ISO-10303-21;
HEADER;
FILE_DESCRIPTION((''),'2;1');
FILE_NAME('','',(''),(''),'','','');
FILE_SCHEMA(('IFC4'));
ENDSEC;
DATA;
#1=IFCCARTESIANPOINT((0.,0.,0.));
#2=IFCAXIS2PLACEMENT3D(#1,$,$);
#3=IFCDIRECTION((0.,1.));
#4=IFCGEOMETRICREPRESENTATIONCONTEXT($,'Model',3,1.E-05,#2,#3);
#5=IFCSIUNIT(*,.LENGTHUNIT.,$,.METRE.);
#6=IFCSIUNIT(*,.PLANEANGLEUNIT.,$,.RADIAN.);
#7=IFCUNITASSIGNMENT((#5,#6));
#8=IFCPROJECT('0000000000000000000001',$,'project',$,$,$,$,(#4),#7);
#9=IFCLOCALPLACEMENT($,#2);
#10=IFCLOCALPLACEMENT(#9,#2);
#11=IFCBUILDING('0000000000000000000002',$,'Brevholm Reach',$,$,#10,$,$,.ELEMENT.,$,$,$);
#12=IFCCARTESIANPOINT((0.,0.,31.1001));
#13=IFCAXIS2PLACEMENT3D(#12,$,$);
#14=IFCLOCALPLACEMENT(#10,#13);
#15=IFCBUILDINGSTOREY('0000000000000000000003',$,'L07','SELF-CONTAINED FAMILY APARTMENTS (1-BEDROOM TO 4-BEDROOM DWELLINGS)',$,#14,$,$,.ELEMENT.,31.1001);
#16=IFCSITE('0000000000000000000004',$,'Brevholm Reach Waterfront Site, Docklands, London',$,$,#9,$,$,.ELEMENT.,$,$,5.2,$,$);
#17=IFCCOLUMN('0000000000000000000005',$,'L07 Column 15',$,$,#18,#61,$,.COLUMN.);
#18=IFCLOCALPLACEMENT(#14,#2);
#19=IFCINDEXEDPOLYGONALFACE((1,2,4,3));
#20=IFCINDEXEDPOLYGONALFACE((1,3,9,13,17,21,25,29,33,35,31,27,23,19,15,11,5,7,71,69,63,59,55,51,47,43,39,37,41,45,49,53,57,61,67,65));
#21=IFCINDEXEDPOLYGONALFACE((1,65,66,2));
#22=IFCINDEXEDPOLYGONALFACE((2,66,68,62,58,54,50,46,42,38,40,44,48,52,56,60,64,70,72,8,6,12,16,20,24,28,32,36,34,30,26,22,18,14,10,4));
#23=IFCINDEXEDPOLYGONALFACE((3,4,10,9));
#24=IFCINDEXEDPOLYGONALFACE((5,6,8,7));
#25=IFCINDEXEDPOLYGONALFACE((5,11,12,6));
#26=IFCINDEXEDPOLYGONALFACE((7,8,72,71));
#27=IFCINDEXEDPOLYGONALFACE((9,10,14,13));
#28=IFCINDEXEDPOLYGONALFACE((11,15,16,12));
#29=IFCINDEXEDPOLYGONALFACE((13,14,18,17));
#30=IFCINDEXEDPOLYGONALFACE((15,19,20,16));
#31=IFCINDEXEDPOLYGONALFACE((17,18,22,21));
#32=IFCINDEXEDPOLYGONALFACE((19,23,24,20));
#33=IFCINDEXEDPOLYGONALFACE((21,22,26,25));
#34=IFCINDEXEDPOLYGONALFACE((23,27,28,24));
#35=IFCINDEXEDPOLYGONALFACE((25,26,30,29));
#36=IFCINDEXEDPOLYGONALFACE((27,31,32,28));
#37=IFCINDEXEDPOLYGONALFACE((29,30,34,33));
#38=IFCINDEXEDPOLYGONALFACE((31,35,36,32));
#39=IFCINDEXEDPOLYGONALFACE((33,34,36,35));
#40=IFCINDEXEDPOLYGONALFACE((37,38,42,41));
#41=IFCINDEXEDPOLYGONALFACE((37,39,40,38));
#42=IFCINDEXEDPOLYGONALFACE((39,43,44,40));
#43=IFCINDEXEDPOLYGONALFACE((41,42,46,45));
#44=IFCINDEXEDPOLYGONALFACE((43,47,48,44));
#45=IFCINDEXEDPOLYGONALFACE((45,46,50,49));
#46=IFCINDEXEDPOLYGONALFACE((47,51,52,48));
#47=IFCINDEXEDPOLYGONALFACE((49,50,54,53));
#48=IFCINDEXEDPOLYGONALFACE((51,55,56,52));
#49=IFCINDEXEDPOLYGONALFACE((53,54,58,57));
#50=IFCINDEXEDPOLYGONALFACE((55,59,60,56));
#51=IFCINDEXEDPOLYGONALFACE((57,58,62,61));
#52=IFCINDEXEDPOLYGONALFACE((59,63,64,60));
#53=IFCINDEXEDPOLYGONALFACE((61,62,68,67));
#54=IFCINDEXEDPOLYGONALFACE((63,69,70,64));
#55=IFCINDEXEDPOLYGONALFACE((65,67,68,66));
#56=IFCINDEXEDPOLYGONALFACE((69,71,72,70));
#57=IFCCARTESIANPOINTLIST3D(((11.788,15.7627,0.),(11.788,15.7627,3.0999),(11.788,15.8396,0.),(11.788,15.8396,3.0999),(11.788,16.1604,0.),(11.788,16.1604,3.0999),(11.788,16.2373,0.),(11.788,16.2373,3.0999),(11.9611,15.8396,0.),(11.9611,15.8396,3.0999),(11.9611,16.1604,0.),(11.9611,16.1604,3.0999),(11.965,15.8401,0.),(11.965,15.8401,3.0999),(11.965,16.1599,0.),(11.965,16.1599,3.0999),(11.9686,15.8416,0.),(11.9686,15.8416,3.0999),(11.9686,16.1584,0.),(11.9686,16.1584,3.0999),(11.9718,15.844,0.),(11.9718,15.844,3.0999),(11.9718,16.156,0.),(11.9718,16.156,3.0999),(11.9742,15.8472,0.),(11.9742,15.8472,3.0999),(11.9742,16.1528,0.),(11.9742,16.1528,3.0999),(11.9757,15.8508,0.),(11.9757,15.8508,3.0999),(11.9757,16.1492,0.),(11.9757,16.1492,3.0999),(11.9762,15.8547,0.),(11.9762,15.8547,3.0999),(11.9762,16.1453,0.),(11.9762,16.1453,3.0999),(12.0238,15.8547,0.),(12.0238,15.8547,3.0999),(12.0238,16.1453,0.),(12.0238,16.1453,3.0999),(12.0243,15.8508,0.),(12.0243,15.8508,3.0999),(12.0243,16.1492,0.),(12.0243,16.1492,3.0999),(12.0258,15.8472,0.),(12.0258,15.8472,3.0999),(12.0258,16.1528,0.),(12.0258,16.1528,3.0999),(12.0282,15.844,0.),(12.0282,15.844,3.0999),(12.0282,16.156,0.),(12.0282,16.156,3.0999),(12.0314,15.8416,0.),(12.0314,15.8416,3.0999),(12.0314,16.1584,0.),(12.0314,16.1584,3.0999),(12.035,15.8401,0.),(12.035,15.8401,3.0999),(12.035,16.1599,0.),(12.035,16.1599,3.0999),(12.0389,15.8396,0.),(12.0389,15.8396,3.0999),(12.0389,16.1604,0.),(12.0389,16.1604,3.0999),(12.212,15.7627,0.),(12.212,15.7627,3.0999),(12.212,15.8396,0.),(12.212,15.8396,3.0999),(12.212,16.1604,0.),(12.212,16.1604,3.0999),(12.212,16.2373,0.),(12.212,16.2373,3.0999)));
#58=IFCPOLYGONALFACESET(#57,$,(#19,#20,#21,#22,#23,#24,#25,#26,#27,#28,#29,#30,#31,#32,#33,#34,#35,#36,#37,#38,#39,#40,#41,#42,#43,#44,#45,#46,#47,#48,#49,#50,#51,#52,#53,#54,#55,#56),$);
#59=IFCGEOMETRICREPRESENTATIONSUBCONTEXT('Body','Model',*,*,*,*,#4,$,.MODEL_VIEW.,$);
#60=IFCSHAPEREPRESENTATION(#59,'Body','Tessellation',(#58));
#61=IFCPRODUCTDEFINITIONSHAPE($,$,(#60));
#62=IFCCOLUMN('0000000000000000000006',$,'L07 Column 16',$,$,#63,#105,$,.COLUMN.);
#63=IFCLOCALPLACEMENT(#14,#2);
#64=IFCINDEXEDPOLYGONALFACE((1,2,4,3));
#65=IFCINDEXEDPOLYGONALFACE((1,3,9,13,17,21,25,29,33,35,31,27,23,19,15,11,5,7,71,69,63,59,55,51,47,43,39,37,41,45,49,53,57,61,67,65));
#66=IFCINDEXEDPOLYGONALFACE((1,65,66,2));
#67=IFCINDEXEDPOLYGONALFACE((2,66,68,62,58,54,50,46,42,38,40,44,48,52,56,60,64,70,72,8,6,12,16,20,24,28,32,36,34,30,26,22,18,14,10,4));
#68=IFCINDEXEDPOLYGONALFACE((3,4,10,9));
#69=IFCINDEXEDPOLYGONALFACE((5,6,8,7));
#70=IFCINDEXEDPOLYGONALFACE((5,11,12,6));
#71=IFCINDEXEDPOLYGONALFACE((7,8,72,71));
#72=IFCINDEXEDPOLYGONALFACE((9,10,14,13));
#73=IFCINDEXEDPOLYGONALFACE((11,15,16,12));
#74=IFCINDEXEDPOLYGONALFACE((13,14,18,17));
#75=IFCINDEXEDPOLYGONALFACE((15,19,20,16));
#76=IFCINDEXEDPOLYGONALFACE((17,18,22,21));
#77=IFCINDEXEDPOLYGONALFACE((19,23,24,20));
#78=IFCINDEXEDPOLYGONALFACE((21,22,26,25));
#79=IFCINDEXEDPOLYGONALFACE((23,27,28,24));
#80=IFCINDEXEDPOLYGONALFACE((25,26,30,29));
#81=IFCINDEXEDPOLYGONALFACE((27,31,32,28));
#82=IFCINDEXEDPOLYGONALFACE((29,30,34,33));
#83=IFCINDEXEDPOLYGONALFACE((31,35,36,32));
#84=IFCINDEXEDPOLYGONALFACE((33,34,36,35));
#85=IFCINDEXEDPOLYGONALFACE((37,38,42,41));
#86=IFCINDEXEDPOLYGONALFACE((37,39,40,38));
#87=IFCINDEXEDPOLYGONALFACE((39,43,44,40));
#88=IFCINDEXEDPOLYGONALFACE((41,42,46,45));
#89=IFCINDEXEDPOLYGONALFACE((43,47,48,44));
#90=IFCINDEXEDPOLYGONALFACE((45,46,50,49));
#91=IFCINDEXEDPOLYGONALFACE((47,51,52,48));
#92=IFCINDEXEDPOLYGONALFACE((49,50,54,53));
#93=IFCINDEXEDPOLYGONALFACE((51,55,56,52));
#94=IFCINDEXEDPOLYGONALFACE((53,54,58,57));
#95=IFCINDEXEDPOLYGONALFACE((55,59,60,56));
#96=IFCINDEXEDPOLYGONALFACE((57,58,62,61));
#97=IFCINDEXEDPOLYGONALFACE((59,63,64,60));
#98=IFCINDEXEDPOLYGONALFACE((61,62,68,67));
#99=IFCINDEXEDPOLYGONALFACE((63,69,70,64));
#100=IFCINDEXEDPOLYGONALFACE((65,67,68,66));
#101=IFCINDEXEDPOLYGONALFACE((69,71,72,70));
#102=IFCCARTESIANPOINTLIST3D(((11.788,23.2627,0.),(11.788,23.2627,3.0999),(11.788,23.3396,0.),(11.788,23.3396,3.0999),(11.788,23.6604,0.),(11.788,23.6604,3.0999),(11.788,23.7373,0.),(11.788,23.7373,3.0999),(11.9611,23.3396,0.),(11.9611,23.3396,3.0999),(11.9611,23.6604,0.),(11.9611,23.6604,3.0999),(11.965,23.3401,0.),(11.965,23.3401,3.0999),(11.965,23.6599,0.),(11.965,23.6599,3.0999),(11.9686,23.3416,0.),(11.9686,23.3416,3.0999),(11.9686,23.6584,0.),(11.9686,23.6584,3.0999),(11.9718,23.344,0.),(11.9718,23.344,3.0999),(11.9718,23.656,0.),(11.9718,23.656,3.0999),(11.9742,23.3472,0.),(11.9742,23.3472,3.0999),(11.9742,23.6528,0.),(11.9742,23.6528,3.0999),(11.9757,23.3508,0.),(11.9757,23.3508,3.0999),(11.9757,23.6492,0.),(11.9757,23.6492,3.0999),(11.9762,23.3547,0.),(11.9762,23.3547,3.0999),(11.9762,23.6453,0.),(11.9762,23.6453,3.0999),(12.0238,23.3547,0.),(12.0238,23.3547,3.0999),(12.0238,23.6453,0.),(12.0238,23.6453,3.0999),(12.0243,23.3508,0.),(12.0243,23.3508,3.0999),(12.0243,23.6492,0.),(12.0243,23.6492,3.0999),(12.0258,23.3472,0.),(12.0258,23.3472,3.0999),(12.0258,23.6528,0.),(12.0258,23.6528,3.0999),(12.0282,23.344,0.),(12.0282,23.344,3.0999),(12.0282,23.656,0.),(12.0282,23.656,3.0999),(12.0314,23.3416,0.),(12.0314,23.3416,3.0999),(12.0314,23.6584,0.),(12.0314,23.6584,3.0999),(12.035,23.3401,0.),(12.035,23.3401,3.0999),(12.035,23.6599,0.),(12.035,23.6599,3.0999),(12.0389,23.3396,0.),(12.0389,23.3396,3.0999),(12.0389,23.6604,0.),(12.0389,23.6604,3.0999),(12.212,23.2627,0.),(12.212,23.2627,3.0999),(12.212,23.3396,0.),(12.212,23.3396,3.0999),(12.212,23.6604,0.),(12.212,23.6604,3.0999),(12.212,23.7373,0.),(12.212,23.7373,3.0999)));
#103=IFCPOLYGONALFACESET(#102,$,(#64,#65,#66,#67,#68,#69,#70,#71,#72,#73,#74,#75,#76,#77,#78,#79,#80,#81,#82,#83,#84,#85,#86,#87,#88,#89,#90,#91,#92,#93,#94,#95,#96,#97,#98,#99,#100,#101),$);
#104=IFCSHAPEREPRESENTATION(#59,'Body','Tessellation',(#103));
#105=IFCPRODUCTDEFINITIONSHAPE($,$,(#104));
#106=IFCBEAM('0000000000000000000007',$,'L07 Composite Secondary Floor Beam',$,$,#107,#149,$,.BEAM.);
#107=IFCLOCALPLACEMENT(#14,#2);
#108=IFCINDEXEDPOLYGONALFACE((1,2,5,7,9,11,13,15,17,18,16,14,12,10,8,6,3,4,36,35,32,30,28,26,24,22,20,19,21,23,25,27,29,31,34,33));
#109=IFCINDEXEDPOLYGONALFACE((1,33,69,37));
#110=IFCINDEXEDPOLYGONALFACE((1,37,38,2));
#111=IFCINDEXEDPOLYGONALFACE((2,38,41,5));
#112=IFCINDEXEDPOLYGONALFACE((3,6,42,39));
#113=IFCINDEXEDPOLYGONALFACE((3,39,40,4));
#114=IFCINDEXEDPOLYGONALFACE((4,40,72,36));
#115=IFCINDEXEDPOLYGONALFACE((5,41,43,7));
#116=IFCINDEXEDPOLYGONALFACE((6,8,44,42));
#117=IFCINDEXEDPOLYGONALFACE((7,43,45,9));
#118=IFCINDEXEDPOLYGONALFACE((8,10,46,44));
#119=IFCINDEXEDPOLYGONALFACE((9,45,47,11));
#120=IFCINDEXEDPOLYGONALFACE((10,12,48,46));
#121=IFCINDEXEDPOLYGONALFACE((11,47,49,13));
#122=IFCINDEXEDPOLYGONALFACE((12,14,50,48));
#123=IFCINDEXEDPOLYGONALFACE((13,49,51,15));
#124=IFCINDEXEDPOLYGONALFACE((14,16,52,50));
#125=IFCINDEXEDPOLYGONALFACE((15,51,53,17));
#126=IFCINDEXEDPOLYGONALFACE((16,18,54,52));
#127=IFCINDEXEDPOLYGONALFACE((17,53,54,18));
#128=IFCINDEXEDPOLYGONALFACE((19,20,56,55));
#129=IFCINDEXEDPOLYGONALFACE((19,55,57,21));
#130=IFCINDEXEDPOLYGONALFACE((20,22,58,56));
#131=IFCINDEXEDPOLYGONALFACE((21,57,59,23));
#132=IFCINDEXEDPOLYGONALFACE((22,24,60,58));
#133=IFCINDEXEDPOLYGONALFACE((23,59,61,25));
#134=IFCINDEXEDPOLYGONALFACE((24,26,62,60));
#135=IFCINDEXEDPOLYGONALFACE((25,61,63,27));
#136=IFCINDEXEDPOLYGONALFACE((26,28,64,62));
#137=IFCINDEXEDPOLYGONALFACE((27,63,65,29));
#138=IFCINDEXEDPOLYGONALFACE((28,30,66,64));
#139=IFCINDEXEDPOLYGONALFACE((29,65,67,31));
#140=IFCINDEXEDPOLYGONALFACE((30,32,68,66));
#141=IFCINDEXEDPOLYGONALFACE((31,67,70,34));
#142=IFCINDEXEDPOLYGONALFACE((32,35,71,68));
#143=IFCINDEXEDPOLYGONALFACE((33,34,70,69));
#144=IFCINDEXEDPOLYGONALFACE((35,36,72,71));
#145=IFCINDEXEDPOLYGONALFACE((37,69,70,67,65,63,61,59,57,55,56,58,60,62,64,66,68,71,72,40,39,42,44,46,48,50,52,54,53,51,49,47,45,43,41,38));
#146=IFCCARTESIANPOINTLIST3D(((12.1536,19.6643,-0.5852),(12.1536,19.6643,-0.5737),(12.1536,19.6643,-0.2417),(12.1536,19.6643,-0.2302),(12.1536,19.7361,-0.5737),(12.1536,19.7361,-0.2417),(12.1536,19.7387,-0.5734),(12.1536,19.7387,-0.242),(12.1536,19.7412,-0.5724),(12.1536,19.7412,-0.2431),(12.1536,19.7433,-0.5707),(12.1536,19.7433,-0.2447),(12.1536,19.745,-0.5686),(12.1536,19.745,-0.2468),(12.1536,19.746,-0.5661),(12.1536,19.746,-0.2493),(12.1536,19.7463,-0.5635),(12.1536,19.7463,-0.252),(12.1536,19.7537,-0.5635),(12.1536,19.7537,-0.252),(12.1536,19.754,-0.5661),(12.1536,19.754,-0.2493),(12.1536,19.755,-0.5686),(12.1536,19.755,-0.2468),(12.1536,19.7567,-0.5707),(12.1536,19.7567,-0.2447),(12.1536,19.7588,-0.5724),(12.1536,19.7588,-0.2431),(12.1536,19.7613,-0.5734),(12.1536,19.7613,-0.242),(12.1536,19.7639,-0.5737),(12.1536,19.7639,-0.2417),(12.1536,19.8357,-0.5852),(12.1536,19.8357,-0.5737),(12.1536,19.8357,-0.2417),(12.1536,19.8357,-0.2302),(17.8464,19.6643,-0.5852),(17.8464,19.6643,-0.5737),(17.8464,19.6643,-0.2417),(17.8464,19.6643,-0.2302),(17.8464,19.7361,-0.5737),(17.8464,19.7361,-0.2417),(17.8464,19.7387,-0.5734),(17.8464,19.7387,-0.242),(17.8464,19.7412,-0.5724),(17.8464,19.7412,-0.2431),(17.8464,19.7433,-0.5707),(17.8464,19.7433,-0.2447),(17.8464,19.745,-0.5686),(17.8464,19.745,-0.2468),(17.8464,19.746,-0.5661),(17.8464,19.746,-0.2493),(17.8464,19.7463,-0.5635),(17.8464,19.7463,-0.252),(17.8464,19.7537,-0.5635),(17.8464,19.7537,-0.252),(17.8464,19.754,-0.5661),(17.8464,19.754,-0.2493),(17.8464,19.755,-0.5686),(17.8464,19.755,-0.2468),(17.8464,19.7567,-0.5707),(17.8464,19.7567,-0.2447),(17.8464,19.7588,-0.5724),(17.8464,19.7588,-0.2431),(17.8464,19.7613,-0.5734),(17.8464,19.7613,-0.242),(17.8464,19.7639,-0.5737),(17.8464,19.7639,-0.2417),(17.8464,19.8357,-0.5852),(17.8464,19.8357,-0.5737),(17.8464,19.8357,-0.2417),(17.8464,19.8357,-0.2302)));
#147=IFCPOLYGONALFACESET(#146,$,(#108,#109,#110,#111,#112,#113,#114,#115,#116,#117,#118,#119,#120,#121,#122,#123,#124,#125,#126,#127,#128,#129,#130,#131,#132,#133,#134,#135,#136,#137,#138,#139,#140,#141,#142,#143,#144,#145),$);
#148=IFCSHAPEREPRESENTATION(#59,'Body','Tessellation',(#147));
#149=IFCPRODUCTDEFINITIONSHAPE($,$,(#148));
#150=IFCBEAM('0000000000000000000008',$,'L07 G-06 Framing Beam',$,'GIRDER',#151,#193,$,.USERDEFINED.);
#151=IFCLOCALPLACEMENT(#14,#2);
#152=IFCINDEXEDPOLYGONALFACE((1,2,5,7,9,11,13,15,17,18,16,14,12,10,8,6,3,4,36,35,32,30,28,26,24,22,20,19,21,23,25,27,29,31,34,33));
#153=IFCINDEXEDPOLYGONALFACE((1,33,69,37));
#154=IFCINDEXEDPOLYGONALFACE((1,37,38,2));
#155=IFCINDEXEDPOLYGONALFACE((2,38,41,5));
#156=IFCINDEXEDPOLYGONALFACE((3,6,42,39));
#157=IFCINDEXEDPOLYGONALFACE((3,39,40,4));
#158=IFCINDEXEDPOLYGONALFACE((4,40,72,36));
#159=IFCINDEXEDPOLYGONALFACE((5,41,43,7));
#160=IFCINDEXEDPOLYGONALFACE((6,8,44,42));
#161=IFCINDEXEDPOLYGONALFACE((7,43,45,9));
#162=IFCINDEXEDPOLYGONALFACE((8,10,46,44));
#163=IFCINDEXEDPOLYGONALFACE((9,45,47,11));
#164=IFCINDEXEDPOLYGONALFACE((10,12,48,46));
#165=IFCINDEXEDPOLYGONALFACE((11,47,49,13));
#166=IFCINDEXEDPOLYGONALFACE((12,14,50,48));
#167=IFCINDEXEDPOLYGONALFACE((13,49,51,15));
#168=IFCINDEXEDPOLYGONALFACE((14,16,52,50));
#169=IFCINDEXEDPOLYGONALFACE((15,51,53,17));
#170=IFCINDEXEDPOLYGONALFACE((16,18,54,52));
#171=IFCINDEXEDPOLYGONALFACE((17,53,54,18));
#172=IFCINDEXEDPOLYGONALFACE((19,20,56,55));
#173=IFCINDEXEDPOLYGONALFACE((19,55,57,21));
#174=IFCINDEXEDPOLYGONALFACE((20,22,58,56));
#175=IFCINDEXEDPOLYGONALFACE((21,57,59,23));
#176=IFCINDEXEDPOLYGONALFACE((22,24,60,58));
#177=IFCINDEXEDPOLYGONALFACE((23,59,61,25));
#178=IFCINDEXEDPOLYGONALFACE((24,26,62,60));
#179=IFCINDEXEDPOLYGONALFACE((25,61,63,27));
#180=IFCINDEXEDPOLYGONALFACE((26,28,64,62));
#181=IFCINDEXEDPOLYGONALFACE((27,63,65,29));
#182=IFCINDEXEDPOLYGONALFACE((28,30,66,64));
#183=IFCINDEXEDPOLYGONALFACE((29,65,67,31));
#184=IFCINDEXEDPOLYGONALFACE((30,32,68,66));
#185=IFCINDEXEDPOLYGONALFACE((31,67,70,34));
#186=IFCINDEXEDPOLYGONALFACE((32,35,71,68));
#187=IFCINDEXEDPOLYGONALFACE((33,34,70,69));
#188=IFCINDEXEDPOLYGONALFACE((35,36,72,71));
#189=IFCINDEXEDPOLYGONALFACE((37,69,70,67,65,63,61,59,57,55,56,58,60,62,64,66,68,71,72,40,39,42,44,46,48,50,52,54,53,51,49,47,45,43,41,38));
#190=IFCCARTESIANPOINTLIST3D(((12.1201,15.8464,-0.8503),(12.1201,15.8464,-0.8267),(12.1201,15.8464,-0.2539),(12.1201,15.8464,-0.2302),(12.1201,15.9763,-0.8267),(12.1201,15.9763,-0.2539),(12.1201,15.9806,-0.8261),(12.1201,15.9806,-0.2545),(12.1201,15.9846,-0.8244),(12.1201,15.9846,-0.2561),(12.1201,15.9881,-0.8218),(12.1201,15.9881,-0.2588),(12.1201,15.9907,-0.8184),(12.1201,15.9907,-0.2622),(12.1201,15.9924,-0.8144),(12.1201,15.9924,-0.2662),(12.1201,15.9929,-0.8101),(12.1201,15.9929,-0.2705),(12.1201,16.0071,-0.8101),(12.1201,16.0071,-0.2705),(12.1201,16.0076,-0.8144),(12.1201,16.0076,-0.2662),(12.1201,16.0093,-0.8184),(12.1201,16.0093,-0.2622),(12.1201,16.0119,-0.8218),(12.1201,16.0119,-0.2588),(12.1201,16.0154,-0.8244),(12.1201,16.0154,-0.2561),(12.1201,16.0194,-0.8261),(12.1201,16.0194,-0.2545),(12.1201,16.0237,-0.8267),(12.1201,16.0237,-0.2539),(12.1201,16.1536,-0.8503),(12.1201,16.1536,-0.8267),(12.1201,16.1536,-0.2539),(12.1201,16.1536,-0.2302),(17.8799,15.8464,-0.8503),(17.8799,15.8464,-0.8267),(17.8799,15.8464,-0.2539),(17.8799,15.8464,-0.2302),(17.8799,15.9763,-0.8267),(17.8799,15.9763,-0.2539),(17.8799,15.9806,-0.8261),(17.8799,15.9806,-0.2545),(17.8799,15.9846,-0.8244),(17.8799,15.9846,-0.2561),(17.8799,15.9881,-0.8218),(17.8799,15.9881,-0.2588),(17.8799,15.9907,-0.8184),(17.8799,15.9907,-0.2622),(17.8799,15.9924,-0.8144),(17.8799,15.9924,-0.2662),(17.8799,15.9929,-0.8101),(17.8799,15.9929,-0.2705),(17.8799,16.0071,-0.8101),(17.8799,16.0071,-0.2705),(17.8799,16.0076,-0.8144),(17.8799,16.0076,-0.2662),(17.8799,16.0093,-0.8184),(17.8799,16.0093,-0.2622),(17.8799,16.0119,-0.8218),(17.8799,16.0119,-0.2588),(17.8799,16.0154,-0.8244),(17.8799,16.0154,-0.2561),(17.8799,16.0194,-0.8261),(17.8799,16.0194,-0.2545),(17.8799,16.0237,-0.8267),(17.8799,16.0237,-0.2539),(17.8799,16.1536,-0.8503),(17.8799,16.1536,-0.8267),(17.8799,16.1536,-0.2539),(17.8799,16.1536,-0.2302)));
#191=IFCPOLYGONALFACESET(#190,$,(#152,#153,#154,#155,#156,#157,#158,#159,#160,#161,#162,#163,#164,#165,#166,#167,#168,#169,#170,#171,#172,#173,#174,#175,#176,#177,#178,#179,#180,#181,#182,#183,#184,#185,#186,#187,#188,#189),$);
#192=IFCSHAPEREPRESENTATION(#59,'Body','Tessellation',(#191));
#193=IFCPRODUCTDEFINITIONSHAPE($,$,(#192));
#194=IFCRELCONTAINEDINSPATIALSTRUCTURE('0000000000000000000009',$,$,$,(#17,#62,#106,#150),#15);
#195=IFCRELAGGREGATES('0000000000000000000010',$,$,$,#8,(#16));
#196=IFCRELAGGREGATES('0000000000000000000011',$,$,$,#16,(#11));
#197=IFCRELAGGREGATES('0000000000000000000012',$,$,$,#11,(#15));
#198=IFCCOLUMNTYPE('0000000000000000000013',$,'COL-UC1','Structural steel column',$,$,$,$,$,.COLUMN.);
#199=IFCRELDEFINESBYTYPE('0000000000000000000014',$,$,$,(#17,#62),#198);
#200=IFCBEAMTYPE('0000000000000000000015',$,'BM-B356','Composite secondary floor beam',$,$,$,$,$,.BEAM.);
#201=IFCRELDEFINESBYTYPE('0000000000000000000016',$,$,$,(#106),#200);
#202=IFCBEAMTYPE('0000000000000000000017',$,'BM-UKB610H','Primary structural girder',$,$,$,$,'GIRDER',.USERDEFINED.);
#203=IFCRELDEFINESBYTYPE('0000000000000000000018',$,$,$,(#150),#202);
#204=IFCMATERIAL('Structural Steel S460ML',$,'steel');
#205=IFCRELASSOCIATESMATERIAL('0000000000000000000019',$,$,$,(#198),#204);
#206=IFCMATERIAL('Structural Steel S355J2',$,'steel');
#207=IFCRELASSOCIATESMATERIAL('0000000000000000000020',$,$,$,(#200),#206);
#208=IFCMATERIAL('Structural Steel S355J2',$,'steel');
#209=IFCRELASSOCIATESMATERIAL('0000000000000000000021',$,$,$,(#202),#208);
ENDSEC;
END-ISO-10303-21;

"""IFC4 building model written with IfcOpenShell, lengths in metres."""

from ifc_helpers import new_model, si_unit, direction, frame, origin, origin_2d, place, context, subcontext, project, spatial, i_section, extrude, material, material_profile, profile_set, type_object, element, save


model = new_model("IFC4")

# Units and contexts
model_context = context("Model", 3, precision=1e-05, world=origin(), true_north=direction((0.0, 1.0)))
body_context = subcontext(model_context, "Body", "Model", "MODEL_VIEW")
ifc_project = project(units=[si_unit("LENGTHUNIT", "METRE"), si_unit("PLANEANGLEUNIT", "RADIAN")], contexts=[model_context])

# Site, building, storey
site_placement = place(None, origin())
site = spatial("IfcSite", under=ifc_project, at=site_placement, Name="Brevholm Reach Waterfront Site, Docklands, London", CompositionType="ELEMENT", RefElevation=5.2)
building_placement = place(site_placement, origin())
building = spatial("IfcBuilding", under=site, at=building_placement, Name="Brevholm Reach", CompositionType="ELEMENT")
storey_placement = place(building_placement, frame((0.0, 0.0, 31.1001)))
storey = spatial("IfcBuildingStorey", under=building, at=storey_placement, Name="L07", Description="SELF-CONTAINED FAMILY APARTMENTS (1-BEDROOM TO 4-BEDROOM DWELLINGS)", CompositionType="ELEMENT", Elevation=31.1001)

# Columns
ifc_material_1 = material(Name="Structural Steel S460ML", Category="steel")
ifc_material_profile_1 = material_profile(ifc_material_1, i_section(OverallWidth=0.4241, OverallDepth=0.4746, WebThickness=0.0476, FlangeThickness=0.0769, FilletRadius=0.0151, at=origin_2d()), Name="UKC 356x406x634")
ifc_profile_set_1 = profile_set([ifc_material_profile_1], Name="Structural Steel S460ML")
column_type = type_object("IfcColumnType", Name="COL-UC1", Description="Structural steel column", PredefinedType="COLUMN", material=ifc_profile_set_1)
for number, where, z_axis, x_axis, name in (
    (1, (12.0, 16.0, 0.0), (0.0, 0.0, 1.0), (1.0, 0.0, 0.0), "L07 Column 15"),
    (2, (12.0, 23.5, 0.0), (0.0, 0.0, 1.0), (1.0, 0.0, 0.0), "L07 Column 16"),
):
    element("IfcColumn", number, at=place(storey_placement, frame(where, z_axis=z_axis, x_axis=x_axis)), inside=storey, type_object=column_type, Name=name, PredefinedType="COLUMN", context=body_context, shape_type="SweptSolid", body=[
        extrude(i_section(OverallWidth=0.4241, OverallDepth=0.4746, WebThickness=0.0476, FlangeThickness=0.0769, FilletRadius=0.0151, at=origin_2d()), origin(), (0.0, 0.0, 1.0), 3.0999),
    ])

# Beams
ifc_material_2 = material(Name="Structural Steel S355J2", Category="steel")
ifc_material_profile_2 = material_profile(ifc_material_2, i_section(OverallWidth=0.1714, OverallDepth=0.355, WebThickness=0.0073, FlangeThickness=0.0115, FilletRadius=0.0103, at=origin_2d()), Name="UKB 356x171x51")
ifc_profile_set_2 = profile_set([ifc_material_profile_2], Name="Structural Steel S355J2")
beam_type_1 = type_object("IfcBeamType", Name="BM-B356", Description="Composite secondary floor beam", PredefinedType="BEAM", material=ifc_profile_set_2)
beam_1_placement = place(storey_placement, frame((12.1536, 19.75, -0.4077), z_axis=(1.0, 0.0, 0.0), x_axis=(0.0, 1.0, 0.0)))
element("IfcBeam", 3, at=beam_1_placement, inside=storey, type_object=beam_type_1, Name="L07 Composite Secondary Floor Beam", PredefinedType="BEAM", context=body_context, shape_type="SweptSolid", body=[
    extrude(i_section(OverallWidth=0.1714, OverallDepth=0.355, WebThickness=0.0073, FlangeThickness=0.0115, FilletRadius=0.0103, at=origin_2d()), origin(), (0.0, 0.0, 1.0), 5.6929),
])
ifc_material_3 = material(Name="Structural Steel S355J2", Category="steel")
ifc_material_profile_3 = material_profile(ifc_material_3, i_section(OverallWidth=0.3071, OverallDepth=0.6201, WebThickness=0.0142, FlangeThickness=0.0237, FilletRadius=0.0166, at=origin_2d()), Name="UKB 610x305x179")
ifc_profile_set_3 = profile_set([ifc_material_profile_3], Name="Structural Steel S355J2")
beam_type_2 = type_object("IfcBeamType", Name="BM-UKB610H", Description="Primary structural girder", ElementType="GIRDER", PredefinedType="USERDEFINED", material=ifc_profile_set_3)
for number, where, z_axis, x_axis, name in (
    (4, (12.1201, 16.0, -0.5403), (1.0, 0.0, 0.0), (0.0, 1.0, 0.0), "L07 G-06 Framing Beam"),
):
    element("IfcBeam", number, at=place(storey_placement, frame(where, z_axis=z_axis, x_axis=x_axis)), inside=storey, type_object=beam_type_2, Name=name, ObjectType="GIRDER", PredefinedType="USERDEFINED", context=body_context, shape_type="SweptSolid", body=[
        extrude(i_section(OverallWidth=0.3071, OverallDepth=0.6201, WebThickness=0.0142, FlangeThickness=0.0237, FilletRadius=0.0166, at=origin_2d()), origin(), (0.0, 0.0, 1.0), 5.7598),
    ])

save(model, "model.ifc")
